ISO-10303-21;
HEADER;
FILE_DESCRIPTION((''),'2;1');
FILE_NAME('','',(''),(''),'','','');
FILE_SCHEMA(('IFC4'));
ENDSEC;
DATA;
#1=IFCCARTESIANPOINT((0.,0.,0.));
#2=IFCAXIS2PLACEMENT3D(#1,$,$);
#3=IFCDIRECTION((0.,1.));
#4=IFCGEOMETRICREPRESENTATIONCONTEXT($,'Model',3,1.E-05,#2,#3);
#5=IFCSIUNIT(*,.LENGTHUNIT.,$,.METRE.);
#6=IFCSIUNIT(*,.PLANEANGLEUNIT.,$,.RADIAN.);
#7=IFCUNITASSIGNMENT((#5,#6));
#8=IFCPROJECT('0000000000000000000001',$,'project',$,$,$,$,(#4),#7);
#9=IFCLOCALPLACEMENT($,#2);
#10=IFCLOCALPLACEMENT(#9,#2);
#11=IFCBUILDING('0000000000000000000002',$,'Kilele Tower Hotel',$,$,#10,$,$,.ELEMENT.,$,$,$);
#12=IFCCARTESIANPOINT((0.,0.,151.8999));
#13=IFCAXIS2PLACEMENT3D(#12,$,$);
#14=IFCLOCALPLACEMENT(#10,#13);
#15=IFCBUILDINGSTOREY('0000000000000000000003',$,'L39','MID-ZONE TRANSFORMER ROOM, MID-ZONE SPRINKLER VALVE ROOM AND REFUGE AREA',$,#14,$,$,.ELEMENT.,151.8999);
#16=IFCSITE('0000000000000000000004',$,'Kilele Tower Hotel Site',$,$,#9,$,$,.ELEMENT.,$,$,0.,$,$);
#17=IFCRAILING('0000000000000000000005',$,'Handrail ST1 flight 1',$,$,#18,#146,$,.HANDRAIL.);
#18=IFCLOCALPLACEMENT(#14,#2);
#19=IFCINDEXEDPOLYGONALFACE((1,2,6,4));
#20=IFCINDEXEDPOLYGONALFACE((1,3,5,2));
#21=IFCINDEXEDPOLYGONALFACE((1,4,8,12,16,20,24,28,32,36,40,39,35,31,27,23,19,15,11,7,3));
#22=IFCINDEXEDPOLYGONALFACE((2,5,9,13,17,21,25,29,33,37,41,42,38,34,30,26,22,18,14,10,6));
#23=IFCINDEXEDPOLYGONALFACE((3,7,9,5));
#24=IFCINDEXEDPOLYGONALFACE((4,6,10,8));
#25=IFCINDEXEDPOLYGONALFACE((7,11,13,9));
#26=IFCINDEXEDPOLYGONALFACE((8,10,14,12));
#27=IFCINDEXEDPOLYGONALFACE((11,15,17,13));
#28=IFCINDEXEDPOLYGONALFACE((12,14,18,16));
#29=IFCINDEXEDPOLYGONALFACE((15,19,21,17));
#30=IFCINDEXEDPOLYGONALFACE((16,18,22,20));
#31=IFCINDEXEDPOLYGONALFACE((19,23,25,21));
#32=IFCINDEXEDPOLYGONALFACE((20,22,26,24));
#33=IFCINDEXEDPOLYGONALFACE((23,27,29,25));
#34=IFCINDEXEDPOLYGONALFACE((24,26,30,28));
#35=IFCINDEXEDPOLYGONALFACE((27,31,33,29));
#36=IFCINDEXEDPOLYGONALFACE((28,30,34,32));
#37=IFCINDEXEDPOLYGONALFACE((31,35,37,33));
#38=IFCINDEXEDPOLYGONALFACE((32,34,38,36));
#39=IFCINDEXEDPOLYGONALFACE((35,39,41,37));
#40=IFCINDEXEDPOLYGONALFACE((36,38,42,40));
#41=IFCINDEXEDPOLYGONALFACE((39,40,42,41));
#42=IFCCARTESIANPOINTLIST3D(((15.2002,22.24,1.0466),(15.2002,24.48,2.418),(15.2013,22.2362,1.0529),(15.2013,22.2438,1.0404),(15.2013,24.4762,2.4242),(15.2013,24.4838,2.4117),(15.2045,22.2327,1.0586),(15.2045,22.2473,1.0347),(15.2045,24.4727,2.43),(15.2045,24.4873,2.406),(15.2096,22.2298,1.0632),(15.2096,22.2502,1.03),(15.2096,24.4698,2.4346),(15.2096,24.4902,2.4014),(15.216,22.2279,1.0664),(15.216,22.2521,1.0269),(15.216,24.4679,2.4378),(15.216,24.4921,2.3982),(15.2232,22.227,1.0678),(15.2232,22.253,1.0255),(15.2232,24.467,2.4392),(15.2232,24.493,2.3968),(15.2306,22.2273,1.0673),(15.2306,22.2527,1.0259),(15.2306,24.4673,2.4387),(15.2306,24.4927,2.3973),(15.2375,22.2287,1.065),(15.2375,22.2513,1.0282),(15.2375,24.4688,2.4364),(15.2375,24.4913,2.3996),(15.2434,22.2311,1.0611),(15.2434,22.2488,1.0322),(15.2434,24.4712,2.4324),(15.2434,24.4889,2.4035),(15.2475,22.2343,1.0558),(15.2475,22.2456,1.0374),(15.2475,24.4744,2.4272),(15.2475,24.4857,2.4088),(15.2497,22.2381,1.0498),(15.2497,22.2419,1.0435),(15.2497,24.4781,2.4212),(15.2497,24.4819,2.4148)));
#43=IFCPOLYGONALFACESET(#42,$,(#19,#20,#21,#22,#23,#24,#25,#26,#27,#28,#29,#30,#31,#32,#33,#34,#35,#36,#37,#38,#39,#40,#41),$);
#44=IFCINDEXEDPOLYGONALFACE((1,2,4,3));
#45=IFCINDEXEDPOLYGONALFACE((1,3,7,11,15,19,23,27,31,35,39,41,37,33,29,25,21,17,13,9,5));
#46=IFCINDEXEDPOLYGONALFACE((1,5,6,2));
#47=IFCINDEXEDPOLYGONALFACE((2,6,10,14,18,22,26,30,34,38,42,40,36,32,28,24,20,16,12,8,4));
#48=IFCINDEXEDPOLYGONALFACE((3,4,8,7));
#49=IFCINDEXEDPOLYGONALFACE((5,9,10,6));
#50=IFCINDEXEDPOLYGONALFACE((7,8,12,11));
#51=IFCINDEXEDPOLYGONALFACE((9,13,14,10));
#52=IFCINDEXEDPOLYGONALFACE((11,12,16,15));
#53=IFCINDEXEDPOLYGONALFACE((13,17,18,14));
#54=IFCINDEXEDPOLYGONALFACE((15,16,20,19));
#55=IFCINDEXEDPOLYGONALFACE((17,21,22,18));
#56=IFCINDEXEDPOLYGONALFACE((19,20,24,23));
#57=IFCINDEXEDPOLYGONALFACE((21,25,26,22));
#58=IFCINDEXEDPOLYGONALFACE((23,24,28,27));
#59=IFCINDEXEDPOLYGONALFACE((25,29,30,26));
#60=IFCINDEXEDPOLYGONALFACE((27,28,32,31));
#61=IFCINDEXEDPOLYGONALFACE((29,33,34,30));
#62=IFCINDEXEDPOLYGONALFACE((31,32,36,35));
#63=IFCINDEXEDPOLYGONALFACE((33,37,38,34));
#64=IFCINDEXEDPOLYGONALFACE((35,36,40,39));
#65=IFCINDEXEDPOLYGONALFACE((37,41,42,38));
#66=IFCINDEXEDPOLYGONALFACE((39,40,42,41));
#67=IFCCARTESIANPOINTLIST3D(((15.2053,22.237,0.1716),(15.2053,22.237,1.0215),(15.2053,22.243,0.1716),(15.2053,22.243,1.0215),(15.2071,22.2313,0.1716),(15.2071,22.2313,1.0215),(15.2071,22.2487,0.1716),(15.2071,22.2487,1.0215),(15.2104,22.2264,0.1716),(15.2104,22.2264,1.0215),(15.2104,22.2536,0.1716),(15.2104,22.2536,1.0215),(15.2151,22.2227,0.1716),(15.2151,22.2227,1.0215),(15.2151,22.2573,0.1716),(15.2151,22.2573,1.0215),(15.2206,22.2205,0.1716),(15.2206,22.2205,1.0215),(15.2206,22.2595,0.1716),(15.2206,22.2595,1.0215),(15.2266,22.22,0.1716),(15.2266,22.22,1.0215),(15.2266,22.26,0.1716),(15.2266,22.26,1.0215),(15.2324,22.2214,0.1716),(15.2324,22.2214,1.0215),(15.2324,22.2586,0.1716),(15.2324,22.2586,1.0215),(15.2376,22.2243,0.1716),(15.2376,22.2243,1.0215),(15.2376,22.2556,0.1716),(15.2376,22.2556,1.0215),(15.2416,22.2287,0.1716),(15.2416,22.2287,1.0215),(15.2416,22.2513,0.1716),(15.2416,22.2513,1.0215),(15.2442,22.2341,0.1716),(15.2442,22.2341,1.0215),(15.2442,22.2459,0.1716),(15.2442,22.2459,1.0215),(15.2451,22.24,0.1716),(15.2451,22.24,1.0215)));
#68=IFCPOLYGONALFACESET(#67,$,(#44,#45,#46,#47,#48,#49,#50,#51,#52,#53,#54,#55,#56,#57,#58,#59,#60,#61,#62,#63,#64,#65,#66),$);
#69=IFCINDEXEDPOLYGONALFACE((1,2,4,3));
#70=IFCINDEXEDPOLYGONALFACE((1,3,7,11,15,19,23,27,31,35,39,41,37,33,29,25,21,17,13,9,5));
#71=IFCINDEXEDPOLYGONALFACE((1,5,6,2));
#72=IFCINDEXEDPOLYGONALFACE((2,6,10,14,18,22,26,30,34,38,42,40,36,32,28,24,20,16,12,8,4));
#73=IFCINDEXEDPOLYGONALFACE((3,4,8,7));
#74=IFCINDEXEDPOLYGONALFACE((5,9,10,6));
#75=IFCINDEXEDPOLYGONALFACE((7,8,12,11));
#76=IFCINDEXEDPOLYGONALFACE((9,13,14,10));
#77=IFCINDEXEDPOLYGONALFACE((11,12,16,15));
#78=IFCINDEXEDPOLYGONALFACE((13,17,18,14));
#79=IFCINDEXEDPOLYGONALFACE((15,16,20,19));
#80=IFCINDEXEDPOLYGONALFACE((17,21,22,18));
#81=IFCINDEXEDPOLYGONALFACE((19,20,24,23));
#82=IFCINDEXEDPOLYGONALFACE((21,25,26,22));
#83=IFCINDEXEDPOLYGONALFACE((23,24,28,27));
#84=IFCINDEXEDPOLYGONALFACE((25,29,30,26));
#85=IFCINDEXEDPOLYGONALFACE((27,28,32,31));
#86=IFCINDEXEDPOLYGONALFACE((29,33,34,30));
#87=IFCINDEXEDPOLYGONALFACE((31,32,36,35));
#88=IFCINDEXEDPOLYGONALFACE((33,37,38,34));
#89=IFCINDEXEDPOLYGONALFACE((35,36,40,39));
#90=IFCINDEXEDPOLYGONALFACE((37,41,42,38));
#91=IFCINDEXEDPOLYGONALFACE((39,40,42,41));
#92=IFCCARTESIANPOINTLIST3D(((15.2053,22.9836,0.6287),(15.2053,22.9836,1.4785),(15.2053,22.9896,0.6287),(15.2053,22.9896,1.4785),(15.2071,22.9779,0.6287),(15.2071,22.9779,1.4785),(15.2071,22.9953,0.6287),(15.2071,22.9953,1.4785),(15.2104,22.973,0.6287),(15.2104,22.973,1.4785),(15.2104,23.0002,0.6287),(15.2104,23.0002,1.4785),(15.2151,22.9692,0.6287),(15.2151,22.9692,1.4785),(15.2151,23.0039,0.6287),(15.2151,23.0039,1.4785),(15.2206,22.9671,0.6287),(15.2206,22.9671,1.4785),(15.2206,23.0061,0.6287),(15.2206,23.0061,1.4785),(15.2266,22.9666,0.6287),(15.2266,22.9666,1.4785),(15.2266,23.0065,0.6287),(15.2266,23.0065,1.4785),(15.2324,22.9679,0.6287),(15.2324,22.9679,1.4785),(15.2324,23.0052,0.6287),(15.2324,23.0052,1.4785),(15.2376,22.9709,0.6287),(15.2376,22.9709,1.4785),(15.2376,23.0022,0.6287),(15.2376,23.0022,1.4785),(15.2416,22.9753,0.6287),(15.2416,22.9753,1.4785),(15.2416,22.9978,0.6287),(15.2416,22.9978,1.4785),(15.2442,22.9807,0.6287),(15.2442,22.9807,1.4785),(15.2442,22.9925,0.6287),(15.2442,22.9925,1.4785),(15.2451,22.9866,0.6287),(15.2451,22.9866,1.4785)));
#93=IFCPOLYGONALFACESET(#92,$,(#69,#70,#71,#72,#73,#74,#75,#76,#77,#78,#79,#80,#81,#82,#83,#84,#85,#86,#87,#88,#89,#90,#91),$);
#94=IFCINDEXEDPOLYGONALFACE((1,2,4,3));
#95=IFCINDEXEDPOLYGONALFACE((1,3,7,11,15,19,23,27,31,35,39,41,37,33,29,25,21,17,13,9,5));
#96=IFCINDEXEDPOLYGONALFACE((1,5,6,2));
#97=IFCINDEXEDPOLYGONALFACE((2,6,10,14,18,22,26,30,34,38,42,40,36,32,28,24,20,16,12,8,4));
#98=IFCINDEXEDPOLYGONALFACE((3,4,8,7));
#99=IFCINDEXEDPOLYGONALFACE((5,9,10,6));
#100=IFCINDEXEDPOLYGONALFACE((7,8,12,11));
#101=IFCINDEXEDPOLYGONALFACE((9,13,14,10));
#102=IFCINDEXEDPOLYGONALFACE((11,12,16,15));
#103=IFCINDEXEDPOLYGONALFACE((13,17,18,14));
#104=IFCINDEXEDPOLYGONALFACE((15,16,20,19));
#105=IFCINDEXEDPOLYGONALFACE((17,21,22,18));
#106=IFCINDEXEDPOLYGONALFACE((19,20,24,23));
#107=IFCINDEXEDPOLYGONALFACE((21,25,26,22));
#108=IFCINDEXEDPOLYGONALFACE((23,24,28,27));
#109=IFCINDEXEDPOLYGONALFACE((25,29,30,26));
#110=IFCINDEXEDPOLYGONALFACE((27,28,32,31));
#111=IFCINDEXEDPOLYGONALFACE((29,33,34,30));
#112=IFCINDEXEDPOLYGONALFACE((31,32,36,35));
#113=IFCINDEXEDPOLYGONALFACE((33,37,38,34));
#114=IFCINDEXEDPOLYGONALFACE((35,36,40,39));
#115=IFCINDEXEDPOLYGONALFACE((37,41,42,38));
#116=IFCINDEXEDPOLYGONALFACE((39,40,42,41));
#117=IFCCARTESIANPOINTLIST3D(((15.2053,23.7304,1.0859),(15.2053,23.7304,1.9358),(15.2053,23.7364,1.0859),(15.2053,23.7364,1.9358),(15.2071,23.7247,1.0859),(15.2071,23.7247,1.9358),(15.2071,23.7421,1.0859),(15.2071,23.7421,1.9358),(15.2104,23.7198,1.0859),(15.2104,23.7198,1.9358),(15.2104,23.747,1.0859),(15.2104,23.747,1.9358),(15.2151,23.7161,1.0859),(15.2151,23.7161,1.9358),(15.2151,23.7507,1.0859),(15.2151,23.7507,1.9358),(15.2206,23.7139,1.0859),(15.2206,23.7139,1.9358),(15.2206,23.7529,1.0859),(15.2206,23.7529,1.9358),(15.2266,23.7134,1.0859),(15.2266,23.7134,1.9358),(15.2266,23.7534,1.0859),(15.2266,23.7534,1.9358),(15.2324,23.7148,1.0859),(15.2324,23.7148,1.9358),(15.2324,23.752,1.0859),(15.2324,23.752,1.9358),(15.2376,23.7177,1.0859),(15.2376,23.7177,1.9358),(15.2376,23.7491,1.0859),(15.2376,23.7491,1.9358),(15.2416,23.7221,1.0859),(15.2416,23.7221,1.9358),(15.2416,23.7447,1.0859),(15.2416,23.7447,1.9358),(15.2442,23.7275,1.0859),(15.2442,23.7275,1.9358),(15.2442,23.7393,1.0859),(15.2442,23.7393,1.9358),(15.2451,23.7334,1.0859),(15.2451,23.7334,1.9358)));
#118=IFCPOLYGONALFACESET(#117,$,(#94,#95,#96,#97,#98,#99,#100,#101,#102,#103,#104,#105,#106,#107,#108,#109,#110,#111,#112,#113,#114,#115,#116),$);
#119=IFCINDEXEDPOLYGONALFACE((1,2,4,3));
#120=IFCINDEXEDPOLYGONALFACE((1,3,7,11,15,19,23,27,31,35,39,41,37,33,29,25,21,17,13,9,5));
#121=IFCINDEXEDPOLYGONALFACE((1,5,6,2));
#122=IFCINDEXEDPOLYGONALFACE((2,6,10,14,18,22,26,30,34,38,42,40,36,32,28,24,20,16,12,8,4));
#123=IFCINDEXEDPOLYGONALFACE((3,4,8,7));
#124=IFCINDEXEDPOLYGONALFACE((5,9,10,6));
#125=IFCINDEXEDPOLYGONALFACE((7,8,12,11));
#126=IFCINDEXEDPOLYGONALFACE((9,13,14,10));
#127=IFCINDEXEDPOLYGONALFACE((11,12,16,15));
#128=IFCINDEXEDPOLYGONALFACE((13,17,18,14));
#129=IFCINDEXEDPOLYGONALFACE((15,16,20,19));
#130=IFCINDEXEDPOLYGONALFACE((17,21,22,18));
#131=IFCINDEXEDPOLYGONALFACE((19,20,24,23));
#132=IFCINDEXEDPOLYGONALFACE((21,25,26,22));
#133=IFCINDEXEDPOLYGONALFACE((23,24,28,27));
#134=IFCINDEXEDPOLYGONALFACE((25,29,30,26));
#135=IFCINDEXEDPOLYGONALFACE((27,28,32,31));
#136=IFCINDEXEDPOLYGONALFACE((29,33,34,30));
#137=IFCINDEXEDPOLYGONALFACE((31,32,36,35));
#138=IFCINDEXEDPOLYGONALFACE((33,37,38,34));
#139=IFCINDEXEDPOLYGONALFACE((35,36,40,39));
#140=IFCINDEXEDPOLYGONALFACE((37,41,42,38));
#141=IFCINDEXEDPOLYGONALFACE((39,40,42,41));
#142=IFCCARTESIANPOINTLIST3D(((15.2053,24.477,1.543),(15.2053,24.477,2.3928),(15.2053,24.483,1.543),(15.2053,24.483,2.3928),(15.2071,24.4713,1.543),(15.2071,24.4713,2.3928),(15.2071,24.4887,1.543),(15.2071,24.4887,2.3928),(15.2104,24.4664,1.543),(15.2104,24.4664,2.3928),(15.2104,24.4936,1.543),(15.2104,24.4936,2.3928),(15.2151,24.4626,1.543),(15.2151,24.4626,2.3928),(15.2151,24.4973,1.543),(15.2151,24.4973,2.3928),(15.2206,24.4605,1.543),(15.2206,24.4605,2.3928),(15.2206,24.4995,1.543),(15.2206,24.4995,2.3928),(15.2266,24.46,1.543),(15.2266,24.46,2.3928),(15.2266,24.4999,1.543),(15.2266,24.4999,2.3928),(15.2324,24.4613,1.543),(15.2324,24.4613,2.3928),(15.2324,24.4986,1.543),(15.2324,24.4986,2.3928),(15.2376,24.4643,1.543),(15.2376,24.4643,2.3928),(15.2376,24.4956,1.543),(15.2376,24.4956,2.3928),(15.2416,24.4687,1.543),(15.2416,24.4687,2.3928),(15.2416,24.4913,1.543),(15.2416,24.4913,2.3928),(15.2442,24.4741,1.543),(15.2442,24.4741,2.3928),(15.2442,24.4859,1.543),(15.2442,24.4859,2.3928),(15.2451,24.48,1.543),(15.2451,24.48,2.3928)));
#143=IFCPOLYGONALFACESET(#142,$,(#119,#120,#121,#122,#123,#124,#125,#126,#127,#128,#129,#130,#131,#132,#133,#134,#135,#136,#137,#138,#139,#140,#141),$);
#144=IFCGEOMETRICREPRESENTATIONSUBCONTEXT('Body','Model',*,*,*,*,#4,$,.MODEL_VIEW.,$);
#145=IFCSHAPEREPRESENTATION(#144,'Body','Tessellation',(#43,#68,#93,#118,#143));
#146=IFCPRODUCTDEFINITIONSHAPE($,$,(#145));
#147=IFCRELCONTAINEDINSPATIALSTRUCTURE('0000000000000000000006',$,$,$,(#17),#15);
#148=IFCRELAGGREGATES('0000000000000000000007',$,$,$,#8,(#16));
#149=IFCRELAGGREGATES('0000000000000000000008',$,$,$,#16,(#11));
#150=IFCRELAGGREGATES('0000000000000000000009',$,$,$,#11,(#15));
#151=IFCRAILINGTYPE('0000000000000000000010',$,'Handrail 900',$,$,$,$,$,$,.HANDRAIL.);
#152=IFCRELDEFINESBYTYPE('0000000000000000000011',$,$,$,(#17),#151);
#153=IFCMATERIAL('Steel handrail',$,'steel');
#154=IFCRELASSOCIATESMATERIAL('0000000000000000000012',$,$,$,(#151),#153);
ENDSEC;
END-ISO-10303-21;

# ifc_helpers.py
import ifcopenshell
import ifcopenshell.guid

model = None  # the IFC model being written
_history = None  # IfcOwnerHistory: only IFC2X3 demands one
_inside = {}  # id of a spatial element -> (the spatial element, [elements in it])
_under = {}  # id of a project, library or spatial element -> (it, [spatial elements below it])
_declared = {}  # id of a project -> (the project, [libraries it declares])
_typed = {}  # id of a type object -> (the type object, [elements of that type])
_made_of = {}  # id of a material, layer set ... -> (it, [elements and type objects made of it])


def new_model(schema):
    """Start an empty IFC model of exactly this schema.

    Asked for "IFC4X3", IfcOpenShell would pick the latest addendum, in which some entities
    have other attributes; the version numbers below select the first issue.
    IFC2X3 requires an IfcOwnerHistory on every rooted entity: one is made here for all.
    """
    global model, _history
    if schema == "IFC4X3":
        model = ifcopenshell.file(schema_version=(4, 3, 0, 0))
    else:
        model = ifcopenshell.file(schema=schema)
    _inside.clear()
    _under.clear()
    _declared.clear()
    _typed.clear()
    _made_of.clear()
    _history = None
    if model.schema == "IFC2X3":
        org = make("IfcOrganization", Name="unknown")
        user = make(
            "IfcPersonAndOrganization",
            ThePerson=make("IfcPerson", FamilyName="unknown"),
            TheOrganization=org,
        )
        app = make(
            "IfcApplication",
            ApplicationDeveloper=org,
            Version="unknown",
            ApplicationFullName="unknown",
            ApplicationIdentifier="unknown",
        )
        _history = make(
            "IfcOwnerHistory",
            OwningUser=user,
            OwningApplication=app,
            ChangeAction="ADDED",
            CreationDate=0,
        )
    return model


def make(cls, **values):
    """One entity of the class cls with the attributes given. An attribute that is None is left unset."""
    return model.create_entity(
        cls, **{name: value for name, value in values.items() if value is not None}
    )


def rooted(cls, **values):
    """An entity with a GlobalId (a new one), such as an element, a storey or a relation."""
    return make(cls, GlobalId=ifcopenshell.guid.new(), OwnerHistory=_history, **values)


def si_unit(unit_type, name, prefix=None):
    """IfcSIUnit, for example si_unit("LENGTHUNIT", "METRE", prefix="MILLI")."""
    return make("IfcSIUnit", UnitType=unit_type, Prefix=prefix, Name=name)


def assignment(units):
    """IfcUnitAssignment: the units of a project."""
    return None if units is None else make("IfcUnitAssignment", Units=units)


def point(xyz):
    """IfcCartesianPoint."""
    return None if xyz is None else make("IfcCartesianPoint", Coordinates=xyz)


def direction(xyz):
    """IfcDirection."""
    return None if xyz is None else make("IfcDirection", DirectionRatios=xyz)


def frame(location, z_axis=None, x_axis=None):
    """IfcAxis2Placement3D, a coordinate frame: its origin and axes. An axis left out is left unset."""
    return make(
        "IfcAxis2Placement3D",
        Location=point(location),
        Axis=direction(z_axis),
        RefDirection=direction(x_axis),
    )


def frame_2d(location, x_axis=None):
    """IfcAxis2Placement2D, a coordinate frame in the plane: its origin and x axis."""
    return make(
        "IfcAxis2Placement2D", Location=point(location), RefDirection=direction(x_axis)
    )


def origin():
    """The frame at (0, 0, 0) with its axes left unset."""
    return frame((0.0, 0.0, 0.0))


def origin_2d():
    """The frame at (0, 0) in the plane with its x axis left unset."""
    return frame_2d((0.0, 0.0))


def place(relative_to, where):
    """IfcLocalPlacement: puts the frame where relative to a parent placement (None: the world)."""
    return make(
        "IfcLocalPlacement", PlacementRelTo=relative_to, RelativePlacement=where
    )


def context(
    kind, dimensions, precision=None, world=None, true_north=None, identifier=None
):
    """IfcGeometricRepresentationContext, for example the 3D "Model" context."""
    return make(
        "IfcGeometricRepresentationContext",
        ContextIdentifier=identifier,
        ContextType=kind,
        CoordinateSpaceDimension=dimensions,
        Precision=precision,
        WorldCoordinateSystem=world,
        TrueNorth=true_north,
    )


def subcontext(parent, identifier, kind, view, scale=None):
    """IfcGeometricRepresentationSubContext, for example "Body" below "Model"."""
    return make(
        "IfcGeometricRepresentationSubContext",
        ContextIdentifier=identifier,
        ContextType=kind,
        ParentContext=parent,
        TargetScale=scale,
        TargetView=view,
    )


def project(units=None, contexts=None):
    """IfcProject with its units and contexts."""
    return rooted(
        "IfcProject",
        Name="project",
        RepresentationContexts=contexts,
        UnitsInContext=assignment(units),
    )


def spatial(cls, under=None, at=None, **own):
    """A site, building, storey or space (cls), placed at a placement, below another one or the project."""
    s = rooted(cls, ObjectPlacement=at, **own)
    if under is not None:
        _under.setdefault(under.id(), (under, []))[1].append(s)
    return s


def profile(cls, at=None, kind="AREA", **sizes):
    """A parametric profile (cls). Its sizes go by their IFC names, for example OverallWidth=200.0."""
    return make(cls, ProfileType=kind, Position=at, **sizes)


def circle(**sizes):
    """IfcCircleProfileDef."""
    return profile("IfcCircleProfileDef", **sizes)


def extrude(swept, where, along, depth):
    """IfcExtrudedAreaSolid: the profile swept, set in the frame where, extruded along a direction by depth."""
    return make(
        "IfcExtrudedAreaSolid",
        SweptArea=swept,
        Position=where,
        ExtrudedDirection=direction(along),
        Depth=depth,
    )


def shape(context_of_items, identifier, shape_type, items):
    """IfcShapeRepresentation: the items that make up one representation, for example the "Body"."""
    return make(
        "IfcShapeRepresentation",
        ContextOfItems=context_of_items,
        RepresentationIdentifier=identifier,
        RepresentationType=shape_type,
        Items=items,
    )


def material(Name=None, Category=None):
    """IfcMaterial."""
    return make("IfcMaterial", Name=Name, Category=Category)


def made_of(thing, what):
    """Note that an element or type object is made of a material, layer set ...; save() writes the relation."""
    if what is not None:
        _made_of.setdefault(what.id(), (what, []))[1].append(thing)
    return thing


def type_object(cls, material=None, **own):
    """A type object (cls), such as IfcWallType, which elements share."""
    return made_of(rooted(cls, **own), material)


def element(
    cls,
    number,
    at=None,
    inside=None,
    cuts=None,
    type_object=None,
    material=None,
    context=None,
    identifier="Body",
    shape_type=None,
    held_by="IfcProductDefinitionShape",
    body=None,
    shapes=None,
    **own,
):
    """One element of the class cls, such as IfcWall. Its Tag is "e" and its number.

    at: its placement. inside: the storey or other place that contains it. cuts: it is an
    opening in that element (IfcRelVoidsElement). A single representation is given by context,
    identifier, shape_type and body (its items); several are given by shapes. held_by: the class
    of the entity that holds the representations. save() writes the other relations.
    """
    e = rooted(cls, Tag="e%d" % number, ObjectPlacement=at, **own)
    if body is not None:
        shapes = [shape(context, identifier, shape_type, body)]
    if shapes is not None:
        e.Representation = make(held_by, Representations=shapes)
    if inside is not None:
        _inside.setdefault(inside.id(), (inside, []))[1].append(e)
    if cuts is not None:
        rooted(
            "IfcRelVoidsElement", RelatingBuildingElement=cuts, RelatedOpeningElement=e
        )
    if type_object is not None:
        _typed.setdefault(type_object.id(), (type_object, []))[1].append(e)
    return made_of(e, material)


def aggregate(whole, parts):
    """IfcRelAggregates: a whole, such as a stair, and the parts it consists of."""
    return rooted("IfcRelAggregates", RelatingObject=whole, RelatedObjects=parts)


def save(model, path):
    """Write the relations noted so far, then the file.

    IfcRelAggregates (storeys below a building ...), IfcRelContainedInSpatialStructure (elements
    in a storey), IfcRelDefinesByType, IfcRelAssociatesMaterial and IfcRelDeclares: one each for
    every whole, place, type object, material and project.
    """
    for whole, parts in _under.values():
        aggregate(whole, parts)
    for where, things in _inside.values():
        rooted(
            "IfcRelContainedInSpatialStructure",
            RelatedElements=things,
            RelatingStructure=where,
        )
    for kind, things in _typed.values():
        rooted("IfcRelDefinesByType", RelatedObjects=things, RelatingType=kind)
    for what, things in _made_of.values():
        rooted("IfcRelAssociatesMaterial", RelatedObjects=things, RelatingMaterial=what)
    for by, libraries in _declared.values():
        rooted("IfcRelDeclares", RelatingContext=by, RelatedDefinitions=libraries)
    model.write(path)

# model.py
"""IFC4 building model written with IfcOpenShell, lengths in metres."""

from ifc_helpers import new_model, si_unit, direction, frame, origin, origin_2d, place, context, subcontext, project, spatial, circle, extrude, material, type_object, element, save


model = new_model("IFC4")

# Units and contexts
model_context = context("Model", 3, precision=1e-05, world=origin(), true_north=direction((0.0, 1.0)))
body_context = subcontext(model_context, "Body", "Model", "MODEL_VIEW")
ifc_project = project(units=[si_unit("LENGTHUNIT", "METRE"), si_unit("PLANEANGLEUNIT", "RADIAN")], contexts=[model_context])

# Site, building, storey
site_placement = place(None, origin())
site = spatial("IfcSite", under=ifc_project, at=site_placement, Name="Kilele Tower Hotel Site", CompositionType="ELEMENT", RefElevation=0.0)
building_placement = place(site_placement, origin())
building = spatial("IfcBuilding", under=site, at=building_placement, Name="Kilele Tower Hotel", CompositionType="ELEMENT")
storey_placement = place(building_placement, frame((0.0, 0.0, 151.8999)))
storey = spatial("IfcBuildingStorey", under=building, at=storey_placement, Name="L39", Description="MID-ZONE TRANSFORMER ROOM, MID-ZONE SPRINKLER VALVE ROOM AND REFUGE AREA", CompositionType="ELEMENT", Elevation=151.8999)

# Railing
ifc_material_1 = material(Name="Steel handrail", Category="steel")
railing_type = type_object("IfcRailingType", Name="Handrail 900", PredefinedType="HANDRAIL", material=ifc_material_1)
for number, where, name in (
    (1, (15.2251, 22.24, 0.1716), "Handrail ST1 flight 1"),
):
    element("IfcRailing", number, at=place(storey_placement, frame(where)), inside=storey, type_object=railing_type, Name=name, PredefinedType="HANDRAIL", context=body_context, shape_type="SweptSolid", body=[
        extrude(circle(Radius=0.0249, at=origin_2d()), frame((0.0, 0.0, 0.875), z_axis=(0.0, 0.852866, 0.52213), x_axis=(-1.0, 0.0, 0.0)), (0.0, 0.0, 1.0), 2.6265),
        extrude(circle(Radius=0.02, at=origin_2d()), origin(), (0.0, 0.0, 1.0), 0.8499),
        extrude(circle(Radius=0.02, at=origin_2d()), frame((0.0, 0.7466, 0.457)), (0.0, 0.0, 1.0), 0.8499),
        extrude(circle(Radius=0.02, at=origin_2d()), frame((0.0, 1.4934, 0.9143)), (0.0, 0.0, 1.0), 0.8499),
        extrude(circle(Radius=0.02, at=origin_2d()), frame((0.0, 2.24, 1.3713)), (0.0, 0.0, 1.0), 0.8499),
    ])

save(model, "model.ifc")
